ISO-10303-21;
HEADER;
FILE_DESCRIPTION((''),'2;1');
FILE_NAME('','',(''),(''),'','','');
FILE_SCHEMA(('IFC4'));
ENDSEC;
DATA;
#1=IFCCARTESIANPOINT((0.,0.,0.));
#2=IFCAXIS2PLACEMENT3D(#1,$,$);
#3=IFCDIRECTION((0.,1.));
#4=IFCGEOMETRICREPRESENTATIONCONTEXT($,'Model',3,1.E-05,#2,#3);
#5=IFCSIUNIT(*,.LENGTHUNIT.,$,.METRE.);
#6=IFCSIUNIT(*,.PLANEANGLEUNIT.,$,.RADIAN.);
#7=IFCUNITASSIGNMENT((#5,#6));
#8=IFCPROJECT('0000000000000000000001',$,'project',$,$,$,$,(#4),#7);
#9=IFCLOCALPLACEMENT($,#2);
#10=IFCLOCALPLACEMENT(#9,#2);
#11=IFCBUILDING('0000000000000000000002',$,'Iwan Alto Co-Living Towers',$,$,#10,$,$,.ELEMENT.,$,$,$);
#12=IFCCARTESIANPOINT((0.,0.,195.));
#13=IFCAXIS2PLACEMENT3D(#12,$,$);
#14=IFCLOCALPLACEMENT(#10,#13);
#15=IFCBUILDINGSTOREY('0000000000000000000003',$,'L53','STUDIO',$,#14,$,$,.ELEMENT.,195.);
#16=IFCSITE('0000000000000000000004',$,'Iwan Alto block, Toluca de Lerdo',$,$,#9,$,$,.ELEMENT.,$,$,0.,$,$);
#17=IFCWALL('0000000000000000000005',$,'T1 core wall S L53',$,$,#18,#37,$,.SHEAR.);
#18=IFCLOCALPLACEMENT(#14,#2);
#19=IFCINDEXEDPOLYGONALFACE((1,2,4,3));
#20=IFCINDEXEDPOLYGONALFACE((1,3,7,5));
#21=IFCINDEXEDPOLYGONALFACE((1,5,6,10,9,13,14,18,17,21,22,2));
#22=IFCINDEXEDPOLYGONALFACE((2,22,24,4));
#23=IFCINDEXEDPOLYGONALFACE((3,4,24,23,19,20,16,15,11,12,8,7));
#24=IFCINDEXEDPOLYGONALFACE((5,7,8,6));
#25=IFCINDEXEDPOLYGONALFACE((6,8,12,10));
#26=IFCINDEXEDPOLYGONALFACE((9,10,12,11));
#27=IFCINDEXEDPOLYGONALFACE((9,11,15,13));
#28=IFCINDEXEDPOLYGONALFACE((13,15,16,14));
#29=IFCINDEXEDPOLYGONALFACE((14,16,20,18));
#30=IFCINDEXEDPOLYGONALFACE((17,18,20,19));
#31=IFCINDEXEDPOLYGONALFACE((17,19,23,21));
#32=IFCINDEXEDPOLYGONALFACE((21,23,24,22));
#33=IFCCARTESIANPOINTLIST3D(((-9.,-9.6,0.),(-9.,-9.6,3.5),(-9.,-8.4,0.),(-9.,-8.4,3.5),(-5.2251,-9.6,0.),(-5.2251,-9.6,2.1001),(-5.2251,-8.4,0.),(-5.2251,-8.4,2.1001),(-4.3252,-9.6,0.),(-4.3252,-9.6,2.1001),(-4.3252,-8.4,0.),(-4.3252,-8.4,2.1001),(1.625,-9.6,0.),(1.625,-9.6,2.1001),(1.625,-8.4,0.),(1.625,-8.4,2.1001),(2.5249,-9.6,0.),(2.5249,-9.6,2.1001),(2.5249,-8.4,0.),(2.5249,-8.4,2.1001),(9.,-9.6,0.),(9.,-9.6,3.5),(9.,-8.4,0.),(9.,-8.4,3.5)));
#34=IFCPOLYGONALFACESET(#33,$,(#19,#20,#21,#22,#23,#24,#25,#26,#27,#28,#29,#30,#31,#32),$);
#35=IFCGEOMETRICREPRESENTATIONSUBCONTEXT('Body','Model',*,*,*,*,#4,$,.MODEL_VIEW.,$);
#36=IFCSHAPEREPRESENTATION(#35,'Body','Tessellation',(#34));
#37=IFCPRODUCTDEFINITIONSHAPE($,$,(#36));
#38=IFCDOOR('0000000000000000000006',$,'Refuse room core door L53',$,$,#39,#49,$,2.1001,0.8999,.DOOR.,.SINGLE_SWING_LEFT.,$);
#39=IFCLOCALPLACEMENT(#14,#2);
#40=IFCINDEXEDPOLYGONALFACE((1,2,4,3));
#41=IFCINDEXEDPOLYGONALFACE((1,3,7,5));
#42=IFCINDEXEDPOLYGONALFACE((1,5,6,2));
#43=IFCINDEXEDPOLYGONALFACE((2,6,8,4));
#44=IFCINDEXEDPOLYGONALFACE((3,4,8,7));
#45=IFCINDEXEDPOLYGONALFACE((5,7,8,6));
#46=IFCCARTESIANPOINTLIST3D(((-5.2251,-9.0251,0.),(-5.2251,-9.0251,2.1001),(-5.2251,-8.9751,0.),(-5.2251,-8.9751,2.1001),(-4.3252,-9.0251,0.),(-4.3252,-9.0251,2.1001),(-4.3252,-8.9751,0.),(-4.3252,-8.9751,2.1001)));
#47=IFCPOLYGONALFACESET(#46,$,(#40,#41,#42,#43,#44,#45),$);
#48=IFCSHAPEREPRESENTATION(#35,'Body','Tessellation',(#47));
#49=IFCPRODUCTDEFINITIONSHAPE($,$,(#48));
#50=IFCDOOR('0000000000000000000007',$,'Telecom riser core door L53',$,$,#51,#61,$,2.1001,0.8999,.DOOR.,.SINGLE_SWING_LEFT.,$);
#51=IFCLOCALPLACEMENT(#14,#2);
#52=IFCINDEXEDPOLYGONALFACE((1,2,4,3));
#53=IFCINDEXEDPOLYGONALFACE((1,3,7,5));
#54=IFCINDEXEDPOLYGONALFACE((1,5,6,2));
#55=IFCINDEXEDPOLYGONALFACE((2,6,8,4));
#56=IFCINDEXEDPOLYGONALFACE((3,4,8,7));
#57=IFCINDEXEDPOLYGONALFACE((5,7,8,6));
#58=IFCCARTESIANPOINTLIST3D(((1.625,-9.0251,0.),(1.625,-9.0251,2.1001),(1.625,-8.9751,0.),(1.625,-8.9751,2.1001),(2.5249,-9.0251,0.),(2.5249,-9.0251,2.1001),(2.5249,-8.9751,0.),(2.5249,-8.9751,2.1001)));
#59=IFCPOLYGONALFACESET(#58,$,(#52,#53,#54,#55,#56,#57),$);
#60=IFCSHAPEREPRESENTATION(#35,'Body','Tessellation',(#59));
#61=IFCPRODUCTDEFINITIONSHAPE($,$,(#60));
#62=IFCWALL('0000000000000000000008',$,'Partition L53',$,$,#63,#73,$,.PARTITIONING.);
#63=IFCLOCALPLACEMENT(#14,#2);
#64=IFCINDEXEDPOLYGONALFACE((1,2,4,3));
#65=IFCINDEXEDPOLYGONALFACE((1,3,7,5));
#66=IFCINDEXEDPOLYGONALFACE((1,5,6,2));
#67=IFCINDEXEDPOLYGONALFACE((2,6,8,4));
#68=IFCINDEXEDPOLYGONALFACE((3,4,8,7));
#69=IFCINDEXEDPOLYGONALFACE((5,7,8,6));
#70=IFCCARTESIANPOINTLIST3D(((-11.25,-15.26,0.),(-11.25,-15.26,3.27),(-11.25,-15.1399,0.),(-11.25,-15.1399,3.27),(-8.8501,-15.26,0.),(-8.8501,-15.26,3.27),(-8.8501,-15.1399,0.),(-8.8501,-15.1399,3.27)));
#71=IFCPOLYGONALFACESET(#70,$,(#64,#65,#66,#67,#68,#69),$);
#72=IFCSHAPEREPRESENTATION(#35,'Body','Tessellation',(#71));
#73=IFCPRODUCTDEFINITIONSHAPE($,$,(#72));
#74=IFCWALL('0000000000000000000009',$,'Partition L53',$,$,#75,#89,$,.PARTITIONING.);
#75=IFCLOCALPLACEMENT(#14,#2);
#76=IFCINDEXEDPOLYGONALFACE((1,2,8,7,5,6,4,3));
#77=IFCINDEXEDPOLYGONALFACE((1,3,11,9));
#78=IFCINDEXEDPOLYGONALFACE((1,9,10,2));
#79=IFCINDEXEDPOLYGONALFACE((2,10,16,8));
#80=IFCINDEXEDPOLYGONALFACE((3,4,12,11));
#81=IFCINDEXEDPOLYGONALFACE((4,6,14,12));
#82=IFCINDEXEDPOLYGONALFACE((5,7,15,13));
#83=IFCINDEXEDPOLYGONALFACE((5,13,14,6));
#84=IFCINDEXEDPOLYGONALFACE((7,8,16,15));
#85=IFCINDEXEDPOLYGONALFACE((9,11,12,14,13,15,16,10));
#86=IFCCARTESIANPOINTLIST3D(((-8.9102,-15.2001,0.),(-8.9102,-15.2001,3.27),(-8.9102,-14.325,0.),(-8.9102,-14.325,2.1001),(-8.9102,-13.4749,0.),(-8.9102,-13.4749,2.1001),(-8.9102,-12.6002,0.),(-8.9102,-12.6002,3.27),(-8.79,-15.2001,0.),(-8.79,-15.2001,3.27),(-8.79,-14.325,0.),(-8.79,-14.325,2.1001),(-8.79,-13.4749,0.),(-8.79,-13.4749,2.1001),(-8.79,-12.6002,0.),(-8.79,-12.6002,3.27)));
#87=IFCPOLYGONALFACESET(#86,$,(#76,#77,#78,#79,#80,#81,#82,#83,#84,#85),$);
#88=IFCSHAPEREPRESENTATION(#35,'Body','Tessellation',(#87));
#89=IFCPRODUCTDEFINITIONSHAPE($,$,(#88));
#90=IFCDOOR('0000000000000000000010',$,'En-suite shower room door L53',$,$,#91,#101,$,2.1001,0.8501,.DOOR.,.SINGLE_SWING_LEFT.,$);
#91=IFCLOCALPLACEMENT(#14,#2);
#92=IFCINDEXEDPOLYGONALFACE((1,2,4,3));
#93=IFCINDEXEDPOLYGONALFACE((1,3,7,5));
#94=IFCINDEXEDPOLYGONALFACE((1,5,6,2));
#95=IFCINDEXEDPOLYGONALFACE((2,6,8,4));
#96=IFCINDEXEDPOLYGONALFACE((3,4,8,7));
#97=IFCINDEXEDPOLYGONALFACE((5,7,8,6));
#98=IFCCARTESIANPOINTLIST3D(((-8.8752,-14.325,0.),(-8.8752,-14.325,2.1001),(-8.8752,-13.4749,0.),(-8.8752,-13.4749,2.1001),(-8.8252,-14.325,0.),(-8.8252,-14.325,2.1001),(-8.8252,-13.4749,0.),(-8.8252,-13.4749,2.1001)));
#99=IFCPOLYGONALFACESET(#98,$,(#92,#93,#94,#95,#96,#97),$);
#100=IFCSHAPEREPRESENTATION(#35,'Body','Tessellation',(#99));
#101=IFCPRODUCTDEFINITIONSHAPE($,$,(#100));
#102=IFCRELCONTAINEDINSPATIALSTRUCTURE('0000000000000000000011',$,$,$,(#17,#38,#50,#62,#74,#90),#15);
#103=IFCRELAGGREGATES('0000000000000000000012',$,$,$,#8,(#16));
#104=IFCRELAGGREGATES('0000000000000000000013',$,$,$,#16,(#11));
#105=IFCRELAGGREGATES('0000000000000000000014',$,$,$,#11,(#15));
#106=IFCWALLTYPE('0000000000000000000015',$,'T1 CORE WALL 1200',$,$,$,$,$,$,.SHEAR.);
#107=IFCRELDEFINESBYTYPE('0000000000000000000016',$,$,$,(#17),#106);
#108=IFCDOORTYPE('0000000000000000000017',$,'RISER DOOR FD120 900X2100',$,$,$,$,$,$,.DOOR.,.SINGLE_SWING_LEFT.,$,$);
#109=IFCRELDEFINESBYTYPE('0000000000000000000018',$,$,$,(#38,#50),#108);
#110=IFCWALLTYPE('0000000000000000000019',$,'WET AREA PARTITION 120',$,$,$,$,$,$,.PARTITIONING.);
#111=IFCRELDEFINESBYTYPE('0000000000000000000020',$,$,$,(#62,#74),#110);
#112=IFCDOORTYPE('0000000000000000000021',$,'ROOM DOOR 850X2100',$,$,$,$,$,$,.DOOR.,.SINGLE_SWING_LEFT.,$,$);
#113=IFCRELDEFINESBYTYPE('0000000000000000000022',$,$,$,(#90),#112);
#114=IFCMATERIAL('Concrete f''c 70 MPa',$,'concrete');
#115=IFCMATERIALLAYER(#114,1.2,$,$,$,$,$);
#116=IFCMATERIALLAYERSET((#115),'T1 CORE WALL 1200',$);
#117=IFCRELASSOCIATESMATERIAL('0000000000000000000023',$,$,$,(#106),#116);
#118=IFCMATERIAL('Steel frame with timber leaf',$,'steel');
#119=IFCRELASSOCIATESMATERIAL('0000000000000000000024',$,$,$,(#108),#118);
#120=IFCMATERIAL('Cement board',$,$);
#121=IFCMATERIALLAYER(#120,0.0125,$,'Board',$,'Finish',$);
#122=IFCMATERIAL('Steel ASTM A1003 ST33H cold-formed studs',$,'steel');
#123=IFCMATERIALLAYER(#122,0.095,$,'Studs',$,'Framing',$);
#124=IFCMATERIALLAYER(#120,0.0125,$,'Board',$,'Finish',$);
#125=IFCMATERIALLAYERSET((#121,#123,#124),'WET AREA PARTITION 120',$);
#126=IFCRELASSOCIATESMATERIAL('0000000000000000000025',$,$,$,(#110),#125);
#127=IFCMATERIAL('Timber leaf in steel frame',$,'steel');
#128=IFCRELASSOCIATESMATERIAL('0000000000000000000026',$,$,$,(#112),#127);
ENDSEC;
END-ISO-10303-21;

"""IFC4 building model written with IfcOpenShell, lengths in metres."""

from ifc_helpers import new_model, si_unit, direction, frame, frame_2d, origin, place, context, subcontext, project, spatial, rectangle, extrude, material, layer, layer_set, type_object, element, fill, save


model = new_model("IFC4")

# Units and contexts
model_context = context("Model", 3, precision=1e-05, world=origin(), true_north=direction((0.0, 1.0)))
body_context = subcontext(model_context, "Body", "Model", "MODEL_VIEW")
ifc_project = project(units=[si_unit("LENGTHUNIT", "METRE"), si_unit("PLANEANGLEUNIT", "RADIAN")], contexts=[model_context])

# Site, building, storey
site_placement = place(None, origin())
site = spatial("IfcSite", under=ifc_project, at=site_placement, Name="Iwan Alto block, Toluca de Lerdo", CompositionType="ELEMENT", RefElevation=0.0)
building_placement = place(site_placement, origin())
building = spatial("IfcBuilding", under=site, at=building_placement, Name="Iwan Alto Co-Living Towers", CompositionType="ELEMENT")
storey_placement = place(building_placement, frame((0.0, 0.0, 195.0)))
storey = spatial("IfcBuildingStorey", under=building, at=storey_placement, Name="L53", Description="STUDIO", CompositionType="ELEMENT", Elevation=195.0)

# Shared definitions
ifc_material_1 = material(Name="Steel ASTM A1003 ST33H cold-formed studs", Category="steel")

# Wall, openings, doors
ifc_material_2 = material(Name="Concrete f'c 70 MPa", Category="concrete")
ifc_layer_1 = layer(ifc_material_2, 1.2)
ifc_layer_set_1 = layer_set([ifc_layer_1], Name="T1 CORE WALL 1200")
wall_type_1 = type_object("IfcWallType", Name="T1 CORE WALL 1200", PredefinedType="SHEAR", material=ifc_layer_set_1)
wall_1_placement = place(storey_placement, frame((-9.0, -9.0, 0.0), z_axis=(0.0, 0.0, 1.0), x_axis=(1.0, 0.0, 0.0)))
wall_1 = element("IfcWall", 1, at=wall_1_placement, inside=storey, type_object=wall_type_1, Name="T1 core wall S L53", PredefinedType="SHEAR", context=body_context, shape_type="SweptSolid", body=[
    extrude(rectangle(XDim=18.0, YDim=1.2, at=frame_2d((9.0, 0.0))), origin(), (0.0, 0.0, 1.0), 3.5),
])
opening_1_placement = place(wall_1_placement, frame((3.7749, 0.0, 0.0)))
opening_1 = element("IfcOpeningElement", 2, at=opening_1_placement, cuts=wall_1, PredefinedType="OPENING", context=body_context, shape_type="SweptSolid", body=[
    extrude(rectangle(XDim=0.8999, YDim=2.1001, at=frame_2d((0.45, 1.05))), frame((0.0, 0.6099, 0.0), z_axis=(0.0, -1.0, 0.0), x_axis=(1.0, 0.0, 0.0)), (0.0, 0.0, 1.0), 1.22),
])
opening_2_placement = place(wall_1_placement, frame((10.625, 0.0, 0.0)))
opening_2 = element("IfcOpeningElement", 3, at=opening_2_placement, cuts=wall_1, PredefinedType="OPENING", context=body_context, shape_type="SweptSolid", body=[
    extrude(rectangle(XDim=0.8999, YDim=2.1001, at=frame_2d((0.45, 1.05))), frame((0.0, 0.6099, 0.0), z_axis=(0.0, -1.0, 0.0), x_axis=(1.0, 0.0, 0.0)), (0.0, 0.0, 1.0), 1.22),
])
ifc_material_3 = material(Name="Steel frame with timber leaf", Category="steel")
door_type_1 = type_object("IfcDoorType", Name="RISER DOOR FD120 900X2100", OperationType="SINGLE_SWING_LEFT", PredefinedType="DOOR", material=ifc_material_3)
door_1_placement = place(opening_1_placement, origin())
door_1 = element("IfcDoor", 4, at=door_1_placement, inside=storey, type_object=door_type_1, Name="Refuse room core door L53", OperationType="SINGLE_SWING_LEFT", OverallHeight=2.1001, OverallWidth=0.8999, PredefinedType="DOOR", context=body_context, shape_type="SweptSolid", body=[
    extrude(rectangle(XDim=0.8999, YDim=2.1001, at=frame_2d((0.45, 1.05))), frame((0.0, 0.0249, 0.0), z_axis=(0.0, -1.0, 0.0), x_axis=(1.0, 0.0, 0.0)), (0.0, 0.0, 1.0), 0.05),
])
fill(opening_1, door_1)
door_2_placement = place(opening_2_placement, origin())
door_2 = element("IfcDoor", 5, at=door_2_placement, inside=storey, type_object=door_type_1, Name="Telecom riser core door L53", OperationType="SINGLE_SWING_LEFT", OverallHeight=2.1001, OverallWidth=0.8999, PredefinedType="DOOR", context=body_context, shape_type="SweptSolid", body=[
    extrude(rectangle(XDim=0.8999, YDim=2.1001, at=frame_2d((0.45, 1.05))), frame((0.0, 0.0249, 0.0), z_axis=(0.0, -1.0, 0.0), x_axis=(1.0, 0.0, 0.0)), (0.0, 0.0, 1.0), 0.05),
])
fill(opening_2, door_2)

# Wall
ifc_material_4 = material(Name="Cement board")
ifc_layer_2 = layer(ifc_material_4, 0.0125, Name="Board", Category="Finish")
ifc_layer_3 = layer(ifc_material_1, 0.095, Name="Studs", Category="Framing")
ifc_layer_4 = layer(ifc_material_4, 0.0125, Name="Board", Category="Finish")
ifc_layer_set_2 = layer_set([ifc_layer_2, ifc_layer_3, ifc_layer_4], Name="WET AREA PARTITION 120")
wall_type_2 = type_object("IfcWallType", Name="WET AREA PARTITION 120", PredefinedType="PARTITIONING", material=ifc_layer_set_2)
wall_2_placement = place(storey_placement, frame((-11.25, -15.2, 0.0), z_axis=(0.0, 0.0, 1.0), x_axis=(1.0, 0.0, 0.0)))
element("IfcWall", 6, at=wall_2_placement, inside=storey, type_object=wall_type_2, Name="Partition L53", PredefinedType="PARTITIONING", context=body_context, shape_type="SweptSolid", body=[
    extrude(rectangle(XDim=2.3999, YDim=0.1201, at=frame_2d((1.2, 0.0))), origin(), (0.0, 0.0, 1.0), 3.27),
])

# Wall, opening, door
wall_3_placement = place(storey_placement, frame((-8.8501, -15.2, 0.0), z_axis=(0.0, 0.0, 1.0), x_axis=(0.0, 1.0, 0.0)))
wall_3 = element("IfcWall", 7, at=wall_3_placement, inside=storey, type_object=wall_type_2, Name="Partition L53", PredefinedType="PARTITIONING", context=body_context, shape_type="SweptSolid", body=[
    extrude(rectangle(XDim=2.5999, YDim=0.1201, at=frame_2d((1.2998, 0.0))), origin(), (0.0, 0.0, 1.0), 3.27),
])
opening_3_placement = place(wall_3_placement, frame((0.875, 0.0, 0.0)))
opening_3 = element("IfcOpeningElement", 8, at=opening_3_placement, cuts=wall_3, PredefinedType="OPENING", context=body_context, shape_type="SweptSolid", body=[
    extrude(rectangle(XDim=0.8501, YDim=2.1001, at=frame_2d((0.425, 1.05))), frame((0.0, 0.0701, 0.0), z_axis=(0.0, -1.0, 0.0), x_axis=(1.0, 0.0, 0.0)), (0.0, 0.0, 1.0), 0.1401),
])
ifc_material_5 = material(Name="Timber leaf in steel frame", Category="steel")
door_type_2 = type_object("IfcDoorType", Name="ROOM DOOR 850X2100", OperationType="SINGLE_SWING_LEFT", PredefinedType="DOOR", material=ifc_material_5)
door_3_placement = place(opening_3_placement, frame((0.8501, 0.0, 0.0), z_axis=(0.0, 0.0, 1.0), x_axis=(-1.0, 0.0, 0.0)))
door_3 = element("IfcDoor", 9, at=door_3_placement, inside=storey, type_object=door_type_2, Name="En-suite shower room door L53", OperationType="SINGLE_SWING_LEFT", OverallHeight=2.1001, OverallWidth=0.8501, PredefinedType="DOOR", context=body_context, shape_type="SweptSolid", body=[
    extrude(rectangle(XDim=0.8501, YDim=2.1001, at=frame_2d((0.425, 1.05))), frame((0.0, 0.0249, 0.0), z_axis=(0.0, -1.0, 0.0), x_axis=(1.0, 0.0, 0.0)), (0.0, 0.0, 1.0), 0.05),
])
fill(opening_3, door_3)

save(model, "model.ifc")
